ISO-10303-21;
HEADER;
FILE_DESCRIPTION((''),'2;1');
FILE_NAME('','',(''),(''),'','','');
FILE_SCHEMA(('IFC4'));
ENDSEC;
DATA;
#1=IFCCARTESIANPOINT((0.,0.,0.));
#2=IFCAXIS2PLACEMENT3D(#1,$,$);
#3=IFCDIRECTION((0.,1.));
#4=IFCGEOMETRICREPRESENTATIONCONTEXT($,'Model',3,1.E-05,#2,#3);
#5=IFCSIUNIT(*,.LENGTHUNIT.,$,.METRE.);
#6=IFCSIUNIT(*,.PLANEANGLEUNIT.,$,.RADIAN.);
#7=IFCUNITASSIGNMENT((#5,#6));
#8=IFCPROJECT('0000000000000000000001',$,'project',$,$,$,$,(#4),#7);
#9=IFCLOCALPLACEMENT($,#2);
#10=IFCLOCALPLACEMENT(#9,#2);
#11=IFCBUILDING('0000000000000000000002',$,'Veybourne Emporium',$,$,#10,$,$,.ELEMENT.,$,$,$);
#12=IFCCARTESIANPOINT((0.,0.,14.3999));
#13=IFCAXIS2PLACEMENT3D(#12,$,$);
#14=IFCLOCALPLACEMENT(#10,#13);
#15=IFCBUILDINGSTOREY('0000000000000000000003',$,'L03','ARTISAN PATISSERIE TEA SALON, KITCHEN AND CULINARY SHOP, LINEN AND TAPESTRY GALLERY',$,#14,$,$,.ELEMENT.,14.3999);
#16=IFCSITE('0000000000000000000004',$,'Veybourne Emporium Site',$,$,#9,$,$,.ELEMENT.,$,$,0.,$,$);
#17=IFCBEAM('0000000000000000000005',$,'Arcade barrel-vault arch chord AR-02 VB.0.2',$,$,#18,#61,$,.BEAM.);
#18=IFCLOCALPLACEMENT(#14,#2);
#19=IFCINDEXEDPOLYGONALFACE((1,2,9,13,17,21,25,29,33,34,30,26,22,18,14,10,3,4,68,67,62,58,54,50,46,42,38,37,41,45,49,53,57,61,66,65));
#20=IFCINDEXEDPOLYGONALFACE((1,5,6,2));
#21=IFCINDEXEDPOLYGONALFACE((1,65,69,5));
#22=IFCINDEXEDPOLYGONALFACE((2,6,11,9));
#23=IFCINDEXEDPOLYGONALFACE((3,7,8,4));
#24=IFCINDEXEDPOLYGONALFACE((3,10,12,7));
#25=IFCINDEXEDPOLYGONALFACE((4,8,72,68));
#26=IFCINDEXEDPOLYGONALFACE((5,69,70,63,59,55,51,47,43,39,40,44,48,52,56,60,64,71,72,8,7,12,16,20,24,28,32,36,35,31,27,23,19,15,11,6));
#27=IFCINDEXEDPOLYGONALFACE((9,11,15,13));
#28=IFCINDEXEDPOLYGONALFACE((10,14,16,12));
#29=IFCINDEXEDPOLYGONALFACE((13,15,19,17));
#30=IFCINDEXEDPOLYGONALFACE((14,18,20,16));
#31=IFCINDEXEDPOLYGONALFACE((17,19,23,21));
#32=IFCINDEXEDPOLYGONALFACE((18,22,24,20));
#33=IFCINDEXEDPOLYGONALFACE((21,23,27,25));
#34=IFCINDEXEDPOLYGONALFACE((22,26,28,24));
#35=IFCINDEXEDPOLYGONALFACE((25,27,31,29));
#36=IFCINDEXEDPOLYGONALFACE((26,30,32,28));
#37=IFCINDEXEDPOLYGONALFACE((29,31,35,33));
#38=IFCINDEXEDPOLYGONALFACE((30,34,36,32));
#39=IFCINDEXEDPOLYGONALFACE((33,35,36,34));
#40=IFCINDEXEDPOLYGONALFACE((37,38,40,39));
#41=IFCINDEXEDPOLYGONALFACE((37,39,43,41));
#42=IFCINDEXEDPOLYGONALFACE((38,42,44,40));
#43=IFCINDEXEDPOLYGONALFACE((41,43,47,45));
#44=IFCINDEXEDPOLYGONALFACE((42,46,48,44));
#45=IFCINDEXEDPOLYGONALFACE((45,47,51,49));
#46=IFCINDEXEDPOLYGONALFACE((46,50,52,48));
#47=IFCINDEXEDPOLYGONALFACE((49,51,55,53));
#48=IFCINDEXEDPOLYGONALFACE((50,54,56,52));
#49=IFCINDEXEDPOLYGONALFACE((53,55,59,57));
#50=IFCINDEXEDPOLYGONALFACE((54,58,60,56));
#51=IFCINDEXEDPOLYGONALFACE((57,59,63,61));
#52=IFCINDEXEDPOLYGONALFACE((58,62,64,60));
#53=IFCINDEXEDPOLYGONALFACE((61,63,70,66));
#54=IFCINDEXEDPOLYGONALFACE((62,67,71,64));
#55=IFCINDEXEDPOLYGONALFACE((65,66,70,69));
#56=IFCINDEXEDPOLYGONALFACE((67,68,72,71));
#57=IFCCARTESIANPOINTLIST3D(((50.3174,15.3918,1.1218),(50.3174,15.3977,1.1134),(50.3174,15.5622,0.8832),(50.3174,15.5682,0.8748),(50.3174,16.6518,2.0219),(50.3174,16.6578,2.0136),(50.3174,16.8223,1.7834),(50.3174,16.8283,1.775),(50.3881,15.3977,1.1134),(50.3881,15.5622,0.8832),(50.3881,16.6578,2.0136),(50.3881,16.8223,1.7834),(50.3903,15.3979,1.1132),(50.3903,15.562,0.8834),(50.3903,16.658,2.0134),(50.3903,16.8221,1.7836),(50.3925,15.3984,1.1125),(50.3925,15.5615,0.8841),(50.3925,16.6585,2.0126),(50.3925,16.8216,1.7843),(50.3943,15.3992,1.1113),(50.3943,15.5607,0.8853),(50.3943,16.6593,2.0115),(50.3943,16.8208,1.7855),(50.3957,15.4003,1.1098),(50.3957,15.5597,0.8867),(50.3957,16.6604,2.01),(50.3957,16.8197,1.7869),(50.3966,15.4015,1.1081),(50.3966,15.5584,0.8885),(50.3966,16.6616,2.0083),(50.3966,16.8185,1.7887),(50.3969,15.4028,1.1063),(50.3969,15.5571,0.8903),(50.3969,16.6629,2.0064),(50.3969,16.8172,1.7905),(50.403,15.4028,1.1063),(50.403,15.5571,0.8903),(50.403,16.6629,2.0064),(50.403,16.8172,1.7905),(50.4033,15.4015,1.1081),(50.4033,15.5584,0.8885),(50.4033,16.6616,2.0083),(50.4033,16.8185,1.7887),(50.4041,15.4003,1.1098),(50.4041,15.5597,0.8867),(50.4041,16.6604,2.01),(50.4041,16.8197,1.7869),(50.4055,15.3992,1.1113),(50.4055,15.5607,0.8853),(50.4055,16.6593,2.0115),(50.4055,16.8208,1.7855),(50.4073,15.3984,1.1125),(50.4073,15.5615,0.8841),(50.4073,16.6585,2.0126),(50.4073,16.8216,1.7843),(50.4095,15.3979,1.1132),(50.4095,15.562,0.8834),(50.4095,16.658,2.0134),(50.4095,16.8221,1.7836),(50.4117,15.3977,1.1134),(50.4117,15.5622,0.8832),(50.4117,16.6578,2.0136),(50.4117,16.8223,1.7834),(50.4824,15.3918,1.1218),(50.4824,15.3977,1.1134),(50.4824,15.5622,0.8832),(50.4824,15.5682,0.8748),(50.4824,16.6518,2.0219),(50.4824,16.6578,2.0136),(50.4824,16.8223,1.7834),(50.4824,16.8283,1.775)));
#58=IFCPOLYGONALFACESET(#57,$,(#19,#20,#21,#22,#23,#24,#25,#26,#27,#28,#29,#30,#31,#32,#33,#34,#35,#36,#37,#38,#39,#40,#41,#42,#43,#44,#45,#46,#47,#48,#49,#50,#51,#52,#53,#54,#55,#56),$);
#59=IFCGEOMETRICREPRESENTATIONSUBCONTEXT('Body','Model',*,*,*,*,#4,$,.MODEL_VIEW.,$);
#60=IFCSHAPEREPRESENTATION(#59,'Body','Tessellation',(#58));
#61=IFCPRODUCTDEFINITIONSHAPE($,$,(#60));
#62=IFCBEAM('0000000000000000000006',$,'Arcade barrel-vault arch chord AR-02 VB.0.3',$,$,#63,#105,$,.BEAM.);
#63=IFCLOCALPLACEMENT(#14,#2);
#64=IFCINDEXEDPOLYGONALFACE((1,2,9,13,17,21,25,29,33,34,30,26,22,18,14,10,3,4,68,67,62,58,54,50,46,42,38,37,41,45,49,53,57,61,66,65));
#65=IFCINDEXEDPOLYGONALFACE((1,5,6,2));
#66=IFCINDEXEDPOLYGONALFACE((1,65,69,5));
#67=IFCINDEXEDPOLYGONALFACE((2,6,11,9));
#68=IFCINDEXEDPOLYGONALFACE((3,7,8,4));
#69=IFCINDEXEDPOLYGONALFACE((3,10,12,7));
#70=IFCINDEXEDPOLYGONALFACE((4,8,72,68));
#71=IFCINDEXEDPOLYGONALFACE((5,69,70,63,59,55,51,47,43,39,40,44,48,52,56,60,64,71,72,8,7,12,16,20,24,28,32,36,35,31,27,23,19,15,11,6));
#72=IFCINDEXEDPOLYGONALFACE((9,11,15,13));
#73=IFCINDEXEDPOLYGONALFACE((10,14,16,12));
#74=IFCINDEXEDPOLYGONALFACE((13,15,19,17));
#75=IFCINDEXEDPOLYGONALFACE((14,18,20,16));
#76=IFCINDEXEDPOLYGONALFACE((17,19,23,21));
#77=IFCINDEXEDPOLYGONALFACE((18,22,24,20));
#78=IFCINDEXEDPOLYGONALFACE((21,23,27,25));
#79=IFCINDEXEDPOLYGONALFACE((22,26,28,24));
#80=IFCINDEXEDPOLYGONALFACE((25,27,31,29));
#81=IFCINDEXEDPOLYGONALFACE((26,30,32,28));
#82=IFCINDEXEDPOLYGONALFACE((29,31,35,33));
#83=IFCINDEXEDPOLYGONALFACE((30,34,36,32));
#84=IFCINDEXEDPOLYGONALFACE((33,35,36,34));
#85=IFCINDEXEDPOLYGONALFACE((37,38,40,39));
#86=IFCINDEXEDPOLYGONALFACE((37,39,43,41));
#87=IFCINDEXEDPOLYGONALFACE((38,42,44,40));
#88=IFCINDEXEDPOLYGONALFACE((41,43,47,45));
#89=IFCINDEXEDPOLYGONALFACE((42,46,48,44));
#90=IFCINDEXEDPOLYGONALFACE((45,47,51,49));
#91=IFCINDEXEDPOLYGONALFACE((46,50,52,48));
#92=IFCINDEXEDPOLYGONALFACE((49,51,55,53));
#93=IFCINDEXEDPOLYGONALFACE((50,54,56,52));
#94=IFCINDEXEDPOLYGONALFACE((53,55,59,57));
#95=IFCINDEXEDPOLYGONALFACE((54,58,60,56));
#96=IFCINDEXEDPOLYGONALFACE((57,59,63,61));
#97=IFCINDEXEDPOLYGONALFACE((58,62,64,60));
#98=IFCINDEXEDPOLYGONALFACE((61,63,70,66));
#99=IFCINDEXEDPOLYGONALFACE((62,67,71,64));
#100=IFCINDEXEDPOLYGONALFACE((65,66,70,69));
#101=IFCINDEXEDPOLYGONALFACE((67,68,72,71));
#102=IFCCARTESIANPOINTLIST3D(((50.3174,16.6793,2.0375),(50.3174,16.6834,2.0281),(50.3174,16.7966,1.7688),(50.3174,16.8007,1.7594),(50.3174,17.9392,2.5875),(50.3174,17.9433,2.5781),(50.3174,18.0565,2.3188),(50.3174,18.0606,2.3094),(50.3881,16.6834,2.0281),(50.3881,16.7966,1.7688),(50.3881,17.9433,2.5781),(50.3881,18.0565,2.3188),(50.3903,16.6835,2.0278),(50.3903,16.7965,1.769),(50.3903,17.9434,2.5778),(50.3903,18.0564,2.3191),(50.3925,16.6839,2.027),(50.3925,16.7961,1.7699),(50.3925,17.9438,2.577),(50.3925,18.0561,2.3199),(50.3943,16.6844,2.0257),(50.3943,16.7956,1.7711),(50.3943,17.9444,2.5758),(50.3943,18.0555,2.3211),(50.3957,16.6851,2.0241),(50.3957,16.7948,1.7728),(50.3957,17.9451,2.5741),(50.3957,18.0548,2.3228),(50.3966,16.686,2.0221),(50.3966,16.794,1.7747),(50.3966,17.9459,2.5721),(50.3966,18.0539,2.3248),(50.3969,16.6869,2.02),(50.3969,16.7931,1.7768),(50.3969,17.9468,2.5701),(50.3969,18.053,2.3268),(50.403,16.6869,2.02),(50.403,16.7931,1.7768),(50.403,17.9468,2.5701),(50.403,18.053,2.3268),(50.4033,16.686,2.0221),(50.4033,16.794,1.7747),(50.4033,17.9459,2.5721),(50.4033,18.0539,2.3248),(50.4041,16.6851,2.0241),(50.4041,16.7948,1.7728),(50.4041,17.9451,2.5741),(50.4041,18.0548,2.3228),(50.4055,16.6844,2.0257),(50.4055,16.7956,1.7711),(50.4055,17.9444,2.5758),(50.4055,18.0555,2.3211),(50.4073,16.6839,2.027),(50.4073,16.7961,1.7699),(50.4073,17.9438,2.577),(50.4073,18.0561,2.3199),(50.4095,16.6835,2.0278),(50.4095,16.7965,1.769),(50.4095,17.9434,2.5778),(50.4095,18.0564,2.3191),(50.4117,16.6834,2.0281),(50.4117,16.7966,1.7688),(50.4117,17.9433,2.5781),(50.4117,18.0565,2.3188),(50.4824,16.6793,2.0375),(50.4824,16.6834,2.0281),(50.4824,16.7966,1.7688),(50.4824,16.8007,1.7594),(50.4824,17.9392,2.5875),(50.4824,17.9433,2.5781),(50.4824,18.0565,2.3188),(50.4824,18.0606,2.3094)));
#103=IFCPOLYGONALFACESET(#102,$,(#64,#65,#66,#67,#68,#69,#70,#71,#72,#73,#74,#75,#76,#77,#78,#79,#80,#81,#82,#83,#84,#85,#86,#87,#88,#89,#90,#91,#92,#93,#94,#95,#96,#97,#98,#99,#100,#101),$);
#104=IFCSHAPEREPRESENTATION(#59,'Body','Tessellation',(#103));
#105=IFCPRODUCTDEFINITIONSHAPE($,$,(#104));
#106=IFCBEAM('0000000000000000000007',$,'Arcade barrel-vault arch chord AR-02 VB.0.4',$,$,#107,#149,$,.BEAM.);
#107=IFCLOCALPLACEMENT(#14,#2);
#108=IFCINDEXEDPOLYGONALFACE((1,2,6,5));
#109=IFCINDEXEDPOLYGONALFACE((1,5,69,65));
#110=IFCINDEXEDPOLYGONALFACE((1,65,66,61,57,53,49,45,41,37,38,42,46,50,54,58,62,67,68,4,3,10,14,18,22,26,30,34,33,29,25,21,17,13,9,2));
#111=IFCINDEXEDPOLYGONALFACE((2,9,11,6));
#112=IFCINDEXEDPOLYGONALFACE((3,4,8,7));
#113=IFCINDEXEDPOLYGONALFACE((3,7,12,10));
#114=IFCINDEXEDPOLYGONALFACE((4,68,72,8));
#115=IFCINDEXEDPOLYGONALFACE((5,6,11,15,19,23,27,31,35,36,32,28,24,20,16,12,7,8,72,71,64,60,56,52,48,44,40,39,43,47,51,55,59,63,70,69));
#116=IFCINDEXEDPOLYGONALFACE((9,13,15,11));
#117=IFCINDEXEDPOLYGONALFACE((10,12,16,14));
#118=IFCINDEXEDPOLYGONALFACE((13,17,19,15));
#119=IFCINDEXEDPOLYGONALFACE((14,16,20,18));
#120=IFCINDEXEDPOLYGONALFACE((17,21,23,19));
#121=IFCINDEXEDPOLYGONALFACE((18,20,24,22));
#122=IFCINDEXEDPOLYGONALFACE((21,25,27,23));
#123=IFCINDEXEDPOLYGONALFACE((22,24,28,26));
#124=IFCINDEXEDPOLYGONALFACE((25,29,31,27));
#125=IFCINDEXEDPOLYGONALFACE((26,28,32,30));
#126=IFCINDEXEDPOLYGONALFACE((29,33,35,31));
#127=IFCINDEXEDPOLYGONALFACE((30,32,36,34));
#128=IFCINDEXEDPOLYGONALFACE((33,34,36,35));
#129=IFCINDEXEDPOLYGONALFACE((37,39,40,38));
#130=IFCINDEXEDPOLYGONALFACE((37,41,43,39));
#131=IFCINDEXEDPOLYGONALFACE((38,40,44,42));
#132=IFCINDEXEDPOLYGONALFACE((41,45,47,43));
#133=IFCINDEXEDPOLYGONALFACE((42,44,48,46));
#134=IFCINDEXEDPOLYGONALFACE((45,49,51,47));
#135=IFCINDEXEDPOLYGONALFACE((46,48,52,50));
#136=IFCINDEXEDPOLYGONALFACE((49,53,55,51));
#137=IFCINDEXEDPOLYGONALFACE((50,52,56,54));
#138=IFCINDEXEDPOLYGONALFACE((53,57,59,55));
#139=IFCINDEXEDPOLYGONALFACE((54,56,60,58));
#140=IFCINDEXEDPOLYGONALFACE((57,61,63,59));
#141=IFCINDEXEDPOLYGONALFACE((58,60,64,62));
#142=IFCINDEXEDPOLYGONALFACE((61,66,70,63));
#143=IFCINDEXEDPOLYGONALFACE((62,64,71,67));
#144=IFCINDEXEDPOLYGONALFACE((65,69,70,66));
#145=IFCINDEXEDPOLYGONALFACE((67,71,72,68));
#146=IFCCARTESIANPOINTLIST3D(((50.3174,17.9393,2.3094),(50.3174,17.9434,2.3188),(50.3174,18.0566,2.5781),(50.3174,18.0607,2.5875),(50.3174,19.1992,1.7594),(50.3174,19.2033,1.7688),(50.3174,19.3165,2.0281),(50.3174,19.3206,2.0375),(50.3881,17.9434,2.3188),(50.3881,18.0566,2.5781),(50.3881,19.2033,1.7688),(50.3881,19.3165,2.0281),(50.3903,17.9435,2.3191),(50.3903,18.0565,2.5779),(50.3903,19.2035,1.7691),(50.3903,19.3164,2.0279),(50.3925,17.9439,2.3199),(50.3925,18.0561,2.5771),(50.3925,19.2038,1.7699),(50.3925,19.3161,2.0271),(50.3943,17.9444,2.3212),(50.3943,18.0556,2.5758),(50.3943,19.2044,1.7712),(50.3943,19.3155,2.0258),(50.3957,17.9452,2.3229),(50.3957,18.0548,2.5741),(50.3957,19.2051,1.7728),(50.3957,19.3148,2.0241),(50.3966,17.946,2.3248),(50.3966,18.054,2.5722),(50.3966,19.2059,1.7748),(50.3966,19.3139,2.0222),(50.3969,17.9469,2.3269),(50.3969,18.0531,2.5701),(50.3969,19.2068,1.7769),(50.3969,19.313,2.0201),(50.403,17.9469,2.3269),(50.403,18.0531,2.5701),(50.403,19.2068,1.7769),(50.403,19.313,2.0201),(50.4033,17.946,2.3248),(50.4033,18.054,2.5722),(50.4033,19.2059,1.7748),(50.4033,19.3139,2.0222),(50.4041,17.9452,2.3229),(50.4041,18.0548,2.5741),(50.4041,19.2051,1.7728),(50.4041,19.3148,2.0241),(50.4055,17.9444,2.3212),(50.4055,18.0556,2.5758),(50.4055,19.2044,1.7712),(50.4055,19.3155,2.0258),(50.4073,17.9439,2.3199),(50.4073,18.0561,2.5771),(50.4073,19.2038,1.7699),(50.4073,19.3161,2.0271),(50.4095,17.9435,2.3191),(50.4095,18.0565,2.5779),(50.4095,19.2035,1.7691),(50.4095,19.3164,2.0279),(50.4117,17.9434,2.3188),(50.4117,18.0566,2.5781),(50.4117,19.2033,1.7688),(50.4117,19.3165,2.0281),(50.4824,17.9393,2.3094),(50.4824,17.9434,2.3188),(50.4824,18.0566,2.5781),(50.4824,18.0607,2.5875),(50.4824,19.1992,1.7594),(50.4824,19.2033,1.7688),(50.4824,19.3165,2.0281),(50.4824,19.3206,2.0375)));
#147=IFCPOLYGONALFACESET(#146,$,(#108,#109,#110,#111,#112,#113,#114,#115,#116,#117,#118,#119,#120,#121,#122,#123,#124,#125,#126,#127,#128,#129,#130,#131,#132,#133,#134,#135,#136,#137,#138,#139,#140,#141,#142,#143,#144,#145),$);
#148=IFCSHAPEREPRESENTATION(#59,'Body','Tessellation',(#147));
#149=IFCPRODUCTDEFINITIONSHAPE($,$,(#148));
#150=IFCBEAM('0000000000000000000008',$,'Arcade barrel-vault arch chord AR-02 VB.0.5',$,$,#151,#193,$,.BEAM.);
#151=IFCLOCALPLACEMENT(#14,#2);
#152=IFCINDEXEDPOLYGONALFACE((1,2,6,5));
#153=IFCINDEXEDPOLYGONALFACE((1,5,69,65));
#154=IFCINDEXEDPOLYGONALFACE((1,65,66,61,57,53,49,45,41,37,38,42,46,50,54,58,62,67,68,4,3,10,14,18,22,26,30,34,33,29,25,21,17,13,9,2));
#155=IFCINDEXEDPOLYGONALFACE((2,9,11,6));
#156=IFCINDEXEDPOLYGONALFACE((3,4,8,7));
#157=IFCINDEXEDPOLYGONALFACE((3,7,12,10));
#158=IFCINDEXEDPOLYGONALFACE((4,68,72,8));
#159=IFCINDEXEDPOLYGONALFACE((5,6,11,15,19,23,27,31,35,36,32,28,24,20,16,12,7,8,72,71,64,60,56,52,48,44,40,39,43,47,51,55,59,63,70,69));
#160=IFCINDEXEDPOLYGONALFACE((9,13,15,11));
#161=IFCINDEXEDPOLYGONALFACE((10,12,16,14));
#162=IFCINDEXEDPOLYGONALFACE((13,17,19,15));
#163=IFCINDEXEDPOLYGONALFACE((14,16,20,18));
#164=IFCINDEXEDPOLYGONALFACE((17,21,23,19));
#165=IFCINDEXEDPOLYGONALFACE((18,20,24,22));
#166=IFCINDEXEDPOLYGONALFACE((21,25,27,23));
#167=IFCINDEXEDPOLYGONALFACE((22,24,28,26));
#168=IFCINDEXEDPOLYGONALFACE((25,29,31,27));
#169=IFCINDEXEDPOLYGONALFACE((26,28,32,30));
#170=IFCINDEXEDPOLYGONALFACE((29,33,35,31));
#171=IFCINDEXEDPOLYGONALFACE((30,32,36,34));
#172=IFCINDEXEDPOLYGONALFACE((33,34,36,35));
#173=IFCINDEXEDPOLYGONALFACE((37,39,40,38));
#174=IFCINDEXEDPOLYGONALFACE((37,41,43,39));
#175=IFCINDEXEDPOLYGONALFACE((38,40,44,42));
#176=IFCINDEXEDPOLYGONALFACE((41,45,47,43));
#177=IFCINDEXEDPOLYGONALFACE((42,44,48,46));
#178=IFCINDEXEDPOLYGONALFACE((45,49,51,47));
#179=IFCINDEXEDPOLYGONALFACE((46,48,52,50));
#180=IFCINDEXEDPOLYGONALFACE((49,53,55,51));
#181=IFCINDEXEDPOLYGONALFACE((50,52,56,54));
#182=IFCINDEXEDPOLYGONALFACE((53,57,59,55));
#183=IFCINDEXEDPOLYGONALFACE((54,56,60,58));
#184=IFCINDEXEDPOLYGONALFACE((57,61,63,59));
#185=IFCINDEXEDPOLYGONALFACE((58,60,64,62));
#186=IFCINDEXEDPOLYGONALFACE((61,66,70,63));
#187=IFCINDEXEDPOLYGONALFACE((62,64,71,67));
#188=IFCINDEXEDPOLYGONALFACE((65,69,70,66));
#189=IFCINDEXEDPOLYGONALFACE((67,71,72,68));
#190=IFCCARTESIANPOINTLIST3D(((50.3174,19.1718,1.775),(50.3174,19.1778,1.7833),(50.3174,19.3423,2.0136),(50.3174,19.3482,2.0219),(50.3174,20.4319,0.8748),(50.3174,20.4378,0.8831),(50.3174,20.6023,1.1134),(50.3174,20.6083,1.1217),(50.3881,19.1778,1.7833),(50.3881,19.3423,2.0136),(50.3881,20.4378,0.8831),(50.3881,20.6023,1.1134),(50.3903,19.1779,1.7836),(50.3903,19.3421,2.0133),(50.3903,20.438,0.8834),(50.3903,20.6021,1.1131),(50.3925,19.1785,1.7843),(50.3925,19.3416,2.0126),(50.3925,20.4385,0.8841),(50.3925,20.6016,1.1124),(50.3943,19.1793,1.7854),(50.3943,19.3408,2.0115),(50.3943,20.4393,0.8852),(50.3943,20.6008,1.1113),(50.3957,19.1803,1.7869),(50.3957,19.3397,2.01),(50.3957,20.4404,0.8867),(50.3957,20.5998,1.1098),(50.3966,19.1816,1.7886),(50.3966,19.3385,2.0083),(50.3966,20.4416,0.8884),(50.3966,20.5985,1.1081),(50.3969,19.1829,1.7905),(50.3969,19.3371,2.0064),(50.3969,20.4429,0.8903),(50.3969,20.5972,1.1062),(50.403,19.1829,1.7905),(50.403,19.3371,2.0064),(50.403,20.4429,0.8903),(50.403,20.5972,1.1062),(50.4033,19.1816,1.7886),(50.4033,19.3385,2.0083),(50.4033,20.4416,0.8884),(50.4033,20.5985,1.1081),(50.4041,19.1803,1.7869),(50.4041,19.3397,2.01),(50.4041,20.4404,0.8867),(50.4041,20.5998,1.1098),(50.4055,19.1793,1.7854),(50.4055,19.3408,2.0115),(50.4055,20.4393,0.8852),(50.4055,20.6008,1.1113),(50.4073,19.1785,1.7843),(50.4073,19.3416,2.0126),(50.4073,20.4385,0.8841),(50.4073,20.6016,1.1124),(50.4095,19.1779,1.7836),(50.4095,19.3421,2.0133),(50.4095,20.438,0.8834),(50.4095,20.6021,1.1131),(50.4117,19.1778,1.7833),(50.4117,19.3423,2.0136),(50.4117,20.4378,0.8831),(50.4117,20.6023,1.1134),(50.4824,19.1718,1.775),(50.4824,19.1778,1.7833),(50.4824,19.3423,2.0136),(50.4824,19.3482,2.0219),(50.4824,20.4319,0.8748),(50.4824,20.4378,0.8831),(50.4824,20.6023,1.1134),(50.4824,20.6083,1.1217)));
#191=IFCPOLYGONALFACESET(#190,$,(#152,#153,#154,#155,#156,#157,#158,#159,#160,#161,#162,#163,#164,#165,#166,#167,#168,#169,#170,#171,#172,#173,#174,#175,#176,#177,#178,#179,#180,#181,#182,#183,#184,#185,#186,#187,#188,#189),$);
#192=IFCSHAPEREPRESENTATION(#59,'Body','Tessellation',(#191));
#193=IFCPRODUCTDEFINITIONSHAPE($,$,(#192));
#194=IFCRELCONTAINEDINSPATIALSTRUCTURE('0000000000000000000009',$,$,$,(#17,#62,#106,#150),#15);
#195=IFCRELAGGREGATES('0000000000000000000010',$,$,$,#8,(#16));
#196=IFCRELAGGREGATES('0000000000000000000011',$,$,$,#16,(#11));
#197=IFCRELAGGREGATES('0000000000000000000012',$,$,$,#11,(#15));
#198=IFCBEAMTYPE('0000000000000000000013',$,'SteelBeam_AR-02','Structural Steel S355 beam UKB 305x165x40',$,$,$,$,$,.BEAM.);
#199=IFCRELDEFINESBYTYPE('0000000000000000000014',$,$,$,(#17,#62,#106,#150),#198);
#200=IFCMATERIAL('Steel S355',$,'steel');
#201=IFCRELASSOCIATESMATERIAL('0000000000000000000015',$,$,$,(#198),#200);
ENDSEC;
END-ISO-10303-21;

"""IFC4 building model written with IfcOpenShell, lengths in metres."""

from ifc_helpers import new_model, si_unit, direction, frame, origin, origin_2d, place, context, subcontext, project, spatial, i_section, extrude, material, material_profile, profile_set, type_object, element, save


model = new_model("IFC4")

# Units and contexts
model_context = context("Model", 3, precision=1e-05, world=origin(), true_north=direction((0.0, 1.0)))
body_context = subcontext(model_context, "Body", "Model", "MODEL_VIEW")
ifc_project = project(units=[si_unit("LENGTHUNIT", "METRE"), si_unit("PLANEANGLEUNIT", "RADIAN")], contexts=[model_context])

# Site, building, storey
site_placement = place(None, origin())
site = spatial("IfcSite", under=ifc_project, at=site_placement, Name="Veybourne Emporium Site", CompositionType="ELEMENT", RefElevation=0.0)
building_placement = place(site_placement, origin())
building = spatial("IfcBuilding", under=site, at=building_placement, Name="Veybourne Emporium", CompositionType="ELEMENT")
storey_placement = place(building_placement, frame((0.0, 0.0, 14.3999)))
storey = spatial("IfcBuildingStorey", under=building, at=storey_placement, Name="L03", Description="ARTISAN PATISSERIE TEA SALON, KITCHEN AND CULINARY SHOP, LINEN AND TAPESTRY GALLERY", CompositionType="ELEMENT", Elevation=14.3999)

# Beams
ifc_material_1 = material(Name="Steel S355", Category="steel")
ifc_material_profile_1 = material_profile(ifc_material_1, i_section(OverallWidth=0.165, OverallDepth=0.3035, WebThickness=0.0061, FlangeThickness=0.0103, FilletRadius=0.0088, at=origin_2d()), Name="UKB 305x165x40")
ifc_profile_set_1 = profile_set([ifc_material_profile_1], Name="Steel S355")
beam_type_1 = type_object("IfcBeamType", Name="SteelBeam_AR-02", Description="Structural Steel S355 beam UKB 305x165x40", PredefinedType="BEAM", material=ifc_profile_set_1)
beam_1_placement = place(storey_placement, frame((50.3999, 15.48, 0.9983), z_axis=(0.0, 0.813691, 0.581298), x_axis=(-1.0, 0.0, 0.0)))
element("IfcBeam", 1, at=beam_1_placement, inside=storey, type_object=beam_type_1, Name="Arcade barrel-vault arch chord AR-02 VB.0.2", PredefinedType="BEAM", context=body_context, shape_type="SweptSolid", body=[
    extrude(i_section(OverallWidth=0.165, OverallDepth=0.3035, WebThickness=0.0061, FlangeThickness=0.0103, FilletRadius=0.0088, at=origin_2d()), origin(), (0.0, 0.0, 1.0), 1.5486),
])
for number, where, z_axis, x_axis, name in (
    (2, (50.3999, 16.74, 1.8984), (0.0, 0.916479, 0.400083), (-1.0, 0.0, 0.0), "Arcade barrel-vault arch chord AR-02 VB.0.3"),
    (3, (50.3999, 18.0, 2.4485), (0.0, 0.916479, -0.400083), (-1.0, 0.0, 0.0), "Arcade barrel-vault arch chord AR-02 VB.0.4"),
):
    element("IfcBeam", number, at=place(storey_placement, frame(where, z_axis=z_axis, x_axis=x_axis)), inside=storey, type_object=beam_type_1, Name=name, PredefinedType="BEAM", context=body_context, shape_type="SweptSolid", body=[
        extrude(i_section(OverallWidth=0.165, OverallDepth=0.3035, WebThickness=0.0061, FlangeThickness=0.0103, FilletRadius=0.0088, at=origin_2d()), origin(), (0.0, 0.0, 1.0), 1.3748),
    ])
beam_2_placement = place(storey_placement, frame((50.3999, 19.26, 1.8984), z_axis=(0.0, 0.813691, -0.581298), x_axis=(-1.0, 0.0, 0.0)))
element("IfcBeam", 4, at=beam_2_placement, inside=storey, type_object=beam_type_1, Name="Arcade barrel-vault arch chord AR-02 VB.0.5", PredefinedType="BEAM", context=body_context, shape_type="SweptSolid", body=[
    extrude(i_section(OverallWidth=0.165, OverallDepth=0.3035, WebThickness=0.0061, FlangeThickness=0.0103, FilletRadius=0.0088, at=origin_2d()), origin(), (0.0, 0.0, 1.0), 1.5486),
])

save(model, "model.ifc")
